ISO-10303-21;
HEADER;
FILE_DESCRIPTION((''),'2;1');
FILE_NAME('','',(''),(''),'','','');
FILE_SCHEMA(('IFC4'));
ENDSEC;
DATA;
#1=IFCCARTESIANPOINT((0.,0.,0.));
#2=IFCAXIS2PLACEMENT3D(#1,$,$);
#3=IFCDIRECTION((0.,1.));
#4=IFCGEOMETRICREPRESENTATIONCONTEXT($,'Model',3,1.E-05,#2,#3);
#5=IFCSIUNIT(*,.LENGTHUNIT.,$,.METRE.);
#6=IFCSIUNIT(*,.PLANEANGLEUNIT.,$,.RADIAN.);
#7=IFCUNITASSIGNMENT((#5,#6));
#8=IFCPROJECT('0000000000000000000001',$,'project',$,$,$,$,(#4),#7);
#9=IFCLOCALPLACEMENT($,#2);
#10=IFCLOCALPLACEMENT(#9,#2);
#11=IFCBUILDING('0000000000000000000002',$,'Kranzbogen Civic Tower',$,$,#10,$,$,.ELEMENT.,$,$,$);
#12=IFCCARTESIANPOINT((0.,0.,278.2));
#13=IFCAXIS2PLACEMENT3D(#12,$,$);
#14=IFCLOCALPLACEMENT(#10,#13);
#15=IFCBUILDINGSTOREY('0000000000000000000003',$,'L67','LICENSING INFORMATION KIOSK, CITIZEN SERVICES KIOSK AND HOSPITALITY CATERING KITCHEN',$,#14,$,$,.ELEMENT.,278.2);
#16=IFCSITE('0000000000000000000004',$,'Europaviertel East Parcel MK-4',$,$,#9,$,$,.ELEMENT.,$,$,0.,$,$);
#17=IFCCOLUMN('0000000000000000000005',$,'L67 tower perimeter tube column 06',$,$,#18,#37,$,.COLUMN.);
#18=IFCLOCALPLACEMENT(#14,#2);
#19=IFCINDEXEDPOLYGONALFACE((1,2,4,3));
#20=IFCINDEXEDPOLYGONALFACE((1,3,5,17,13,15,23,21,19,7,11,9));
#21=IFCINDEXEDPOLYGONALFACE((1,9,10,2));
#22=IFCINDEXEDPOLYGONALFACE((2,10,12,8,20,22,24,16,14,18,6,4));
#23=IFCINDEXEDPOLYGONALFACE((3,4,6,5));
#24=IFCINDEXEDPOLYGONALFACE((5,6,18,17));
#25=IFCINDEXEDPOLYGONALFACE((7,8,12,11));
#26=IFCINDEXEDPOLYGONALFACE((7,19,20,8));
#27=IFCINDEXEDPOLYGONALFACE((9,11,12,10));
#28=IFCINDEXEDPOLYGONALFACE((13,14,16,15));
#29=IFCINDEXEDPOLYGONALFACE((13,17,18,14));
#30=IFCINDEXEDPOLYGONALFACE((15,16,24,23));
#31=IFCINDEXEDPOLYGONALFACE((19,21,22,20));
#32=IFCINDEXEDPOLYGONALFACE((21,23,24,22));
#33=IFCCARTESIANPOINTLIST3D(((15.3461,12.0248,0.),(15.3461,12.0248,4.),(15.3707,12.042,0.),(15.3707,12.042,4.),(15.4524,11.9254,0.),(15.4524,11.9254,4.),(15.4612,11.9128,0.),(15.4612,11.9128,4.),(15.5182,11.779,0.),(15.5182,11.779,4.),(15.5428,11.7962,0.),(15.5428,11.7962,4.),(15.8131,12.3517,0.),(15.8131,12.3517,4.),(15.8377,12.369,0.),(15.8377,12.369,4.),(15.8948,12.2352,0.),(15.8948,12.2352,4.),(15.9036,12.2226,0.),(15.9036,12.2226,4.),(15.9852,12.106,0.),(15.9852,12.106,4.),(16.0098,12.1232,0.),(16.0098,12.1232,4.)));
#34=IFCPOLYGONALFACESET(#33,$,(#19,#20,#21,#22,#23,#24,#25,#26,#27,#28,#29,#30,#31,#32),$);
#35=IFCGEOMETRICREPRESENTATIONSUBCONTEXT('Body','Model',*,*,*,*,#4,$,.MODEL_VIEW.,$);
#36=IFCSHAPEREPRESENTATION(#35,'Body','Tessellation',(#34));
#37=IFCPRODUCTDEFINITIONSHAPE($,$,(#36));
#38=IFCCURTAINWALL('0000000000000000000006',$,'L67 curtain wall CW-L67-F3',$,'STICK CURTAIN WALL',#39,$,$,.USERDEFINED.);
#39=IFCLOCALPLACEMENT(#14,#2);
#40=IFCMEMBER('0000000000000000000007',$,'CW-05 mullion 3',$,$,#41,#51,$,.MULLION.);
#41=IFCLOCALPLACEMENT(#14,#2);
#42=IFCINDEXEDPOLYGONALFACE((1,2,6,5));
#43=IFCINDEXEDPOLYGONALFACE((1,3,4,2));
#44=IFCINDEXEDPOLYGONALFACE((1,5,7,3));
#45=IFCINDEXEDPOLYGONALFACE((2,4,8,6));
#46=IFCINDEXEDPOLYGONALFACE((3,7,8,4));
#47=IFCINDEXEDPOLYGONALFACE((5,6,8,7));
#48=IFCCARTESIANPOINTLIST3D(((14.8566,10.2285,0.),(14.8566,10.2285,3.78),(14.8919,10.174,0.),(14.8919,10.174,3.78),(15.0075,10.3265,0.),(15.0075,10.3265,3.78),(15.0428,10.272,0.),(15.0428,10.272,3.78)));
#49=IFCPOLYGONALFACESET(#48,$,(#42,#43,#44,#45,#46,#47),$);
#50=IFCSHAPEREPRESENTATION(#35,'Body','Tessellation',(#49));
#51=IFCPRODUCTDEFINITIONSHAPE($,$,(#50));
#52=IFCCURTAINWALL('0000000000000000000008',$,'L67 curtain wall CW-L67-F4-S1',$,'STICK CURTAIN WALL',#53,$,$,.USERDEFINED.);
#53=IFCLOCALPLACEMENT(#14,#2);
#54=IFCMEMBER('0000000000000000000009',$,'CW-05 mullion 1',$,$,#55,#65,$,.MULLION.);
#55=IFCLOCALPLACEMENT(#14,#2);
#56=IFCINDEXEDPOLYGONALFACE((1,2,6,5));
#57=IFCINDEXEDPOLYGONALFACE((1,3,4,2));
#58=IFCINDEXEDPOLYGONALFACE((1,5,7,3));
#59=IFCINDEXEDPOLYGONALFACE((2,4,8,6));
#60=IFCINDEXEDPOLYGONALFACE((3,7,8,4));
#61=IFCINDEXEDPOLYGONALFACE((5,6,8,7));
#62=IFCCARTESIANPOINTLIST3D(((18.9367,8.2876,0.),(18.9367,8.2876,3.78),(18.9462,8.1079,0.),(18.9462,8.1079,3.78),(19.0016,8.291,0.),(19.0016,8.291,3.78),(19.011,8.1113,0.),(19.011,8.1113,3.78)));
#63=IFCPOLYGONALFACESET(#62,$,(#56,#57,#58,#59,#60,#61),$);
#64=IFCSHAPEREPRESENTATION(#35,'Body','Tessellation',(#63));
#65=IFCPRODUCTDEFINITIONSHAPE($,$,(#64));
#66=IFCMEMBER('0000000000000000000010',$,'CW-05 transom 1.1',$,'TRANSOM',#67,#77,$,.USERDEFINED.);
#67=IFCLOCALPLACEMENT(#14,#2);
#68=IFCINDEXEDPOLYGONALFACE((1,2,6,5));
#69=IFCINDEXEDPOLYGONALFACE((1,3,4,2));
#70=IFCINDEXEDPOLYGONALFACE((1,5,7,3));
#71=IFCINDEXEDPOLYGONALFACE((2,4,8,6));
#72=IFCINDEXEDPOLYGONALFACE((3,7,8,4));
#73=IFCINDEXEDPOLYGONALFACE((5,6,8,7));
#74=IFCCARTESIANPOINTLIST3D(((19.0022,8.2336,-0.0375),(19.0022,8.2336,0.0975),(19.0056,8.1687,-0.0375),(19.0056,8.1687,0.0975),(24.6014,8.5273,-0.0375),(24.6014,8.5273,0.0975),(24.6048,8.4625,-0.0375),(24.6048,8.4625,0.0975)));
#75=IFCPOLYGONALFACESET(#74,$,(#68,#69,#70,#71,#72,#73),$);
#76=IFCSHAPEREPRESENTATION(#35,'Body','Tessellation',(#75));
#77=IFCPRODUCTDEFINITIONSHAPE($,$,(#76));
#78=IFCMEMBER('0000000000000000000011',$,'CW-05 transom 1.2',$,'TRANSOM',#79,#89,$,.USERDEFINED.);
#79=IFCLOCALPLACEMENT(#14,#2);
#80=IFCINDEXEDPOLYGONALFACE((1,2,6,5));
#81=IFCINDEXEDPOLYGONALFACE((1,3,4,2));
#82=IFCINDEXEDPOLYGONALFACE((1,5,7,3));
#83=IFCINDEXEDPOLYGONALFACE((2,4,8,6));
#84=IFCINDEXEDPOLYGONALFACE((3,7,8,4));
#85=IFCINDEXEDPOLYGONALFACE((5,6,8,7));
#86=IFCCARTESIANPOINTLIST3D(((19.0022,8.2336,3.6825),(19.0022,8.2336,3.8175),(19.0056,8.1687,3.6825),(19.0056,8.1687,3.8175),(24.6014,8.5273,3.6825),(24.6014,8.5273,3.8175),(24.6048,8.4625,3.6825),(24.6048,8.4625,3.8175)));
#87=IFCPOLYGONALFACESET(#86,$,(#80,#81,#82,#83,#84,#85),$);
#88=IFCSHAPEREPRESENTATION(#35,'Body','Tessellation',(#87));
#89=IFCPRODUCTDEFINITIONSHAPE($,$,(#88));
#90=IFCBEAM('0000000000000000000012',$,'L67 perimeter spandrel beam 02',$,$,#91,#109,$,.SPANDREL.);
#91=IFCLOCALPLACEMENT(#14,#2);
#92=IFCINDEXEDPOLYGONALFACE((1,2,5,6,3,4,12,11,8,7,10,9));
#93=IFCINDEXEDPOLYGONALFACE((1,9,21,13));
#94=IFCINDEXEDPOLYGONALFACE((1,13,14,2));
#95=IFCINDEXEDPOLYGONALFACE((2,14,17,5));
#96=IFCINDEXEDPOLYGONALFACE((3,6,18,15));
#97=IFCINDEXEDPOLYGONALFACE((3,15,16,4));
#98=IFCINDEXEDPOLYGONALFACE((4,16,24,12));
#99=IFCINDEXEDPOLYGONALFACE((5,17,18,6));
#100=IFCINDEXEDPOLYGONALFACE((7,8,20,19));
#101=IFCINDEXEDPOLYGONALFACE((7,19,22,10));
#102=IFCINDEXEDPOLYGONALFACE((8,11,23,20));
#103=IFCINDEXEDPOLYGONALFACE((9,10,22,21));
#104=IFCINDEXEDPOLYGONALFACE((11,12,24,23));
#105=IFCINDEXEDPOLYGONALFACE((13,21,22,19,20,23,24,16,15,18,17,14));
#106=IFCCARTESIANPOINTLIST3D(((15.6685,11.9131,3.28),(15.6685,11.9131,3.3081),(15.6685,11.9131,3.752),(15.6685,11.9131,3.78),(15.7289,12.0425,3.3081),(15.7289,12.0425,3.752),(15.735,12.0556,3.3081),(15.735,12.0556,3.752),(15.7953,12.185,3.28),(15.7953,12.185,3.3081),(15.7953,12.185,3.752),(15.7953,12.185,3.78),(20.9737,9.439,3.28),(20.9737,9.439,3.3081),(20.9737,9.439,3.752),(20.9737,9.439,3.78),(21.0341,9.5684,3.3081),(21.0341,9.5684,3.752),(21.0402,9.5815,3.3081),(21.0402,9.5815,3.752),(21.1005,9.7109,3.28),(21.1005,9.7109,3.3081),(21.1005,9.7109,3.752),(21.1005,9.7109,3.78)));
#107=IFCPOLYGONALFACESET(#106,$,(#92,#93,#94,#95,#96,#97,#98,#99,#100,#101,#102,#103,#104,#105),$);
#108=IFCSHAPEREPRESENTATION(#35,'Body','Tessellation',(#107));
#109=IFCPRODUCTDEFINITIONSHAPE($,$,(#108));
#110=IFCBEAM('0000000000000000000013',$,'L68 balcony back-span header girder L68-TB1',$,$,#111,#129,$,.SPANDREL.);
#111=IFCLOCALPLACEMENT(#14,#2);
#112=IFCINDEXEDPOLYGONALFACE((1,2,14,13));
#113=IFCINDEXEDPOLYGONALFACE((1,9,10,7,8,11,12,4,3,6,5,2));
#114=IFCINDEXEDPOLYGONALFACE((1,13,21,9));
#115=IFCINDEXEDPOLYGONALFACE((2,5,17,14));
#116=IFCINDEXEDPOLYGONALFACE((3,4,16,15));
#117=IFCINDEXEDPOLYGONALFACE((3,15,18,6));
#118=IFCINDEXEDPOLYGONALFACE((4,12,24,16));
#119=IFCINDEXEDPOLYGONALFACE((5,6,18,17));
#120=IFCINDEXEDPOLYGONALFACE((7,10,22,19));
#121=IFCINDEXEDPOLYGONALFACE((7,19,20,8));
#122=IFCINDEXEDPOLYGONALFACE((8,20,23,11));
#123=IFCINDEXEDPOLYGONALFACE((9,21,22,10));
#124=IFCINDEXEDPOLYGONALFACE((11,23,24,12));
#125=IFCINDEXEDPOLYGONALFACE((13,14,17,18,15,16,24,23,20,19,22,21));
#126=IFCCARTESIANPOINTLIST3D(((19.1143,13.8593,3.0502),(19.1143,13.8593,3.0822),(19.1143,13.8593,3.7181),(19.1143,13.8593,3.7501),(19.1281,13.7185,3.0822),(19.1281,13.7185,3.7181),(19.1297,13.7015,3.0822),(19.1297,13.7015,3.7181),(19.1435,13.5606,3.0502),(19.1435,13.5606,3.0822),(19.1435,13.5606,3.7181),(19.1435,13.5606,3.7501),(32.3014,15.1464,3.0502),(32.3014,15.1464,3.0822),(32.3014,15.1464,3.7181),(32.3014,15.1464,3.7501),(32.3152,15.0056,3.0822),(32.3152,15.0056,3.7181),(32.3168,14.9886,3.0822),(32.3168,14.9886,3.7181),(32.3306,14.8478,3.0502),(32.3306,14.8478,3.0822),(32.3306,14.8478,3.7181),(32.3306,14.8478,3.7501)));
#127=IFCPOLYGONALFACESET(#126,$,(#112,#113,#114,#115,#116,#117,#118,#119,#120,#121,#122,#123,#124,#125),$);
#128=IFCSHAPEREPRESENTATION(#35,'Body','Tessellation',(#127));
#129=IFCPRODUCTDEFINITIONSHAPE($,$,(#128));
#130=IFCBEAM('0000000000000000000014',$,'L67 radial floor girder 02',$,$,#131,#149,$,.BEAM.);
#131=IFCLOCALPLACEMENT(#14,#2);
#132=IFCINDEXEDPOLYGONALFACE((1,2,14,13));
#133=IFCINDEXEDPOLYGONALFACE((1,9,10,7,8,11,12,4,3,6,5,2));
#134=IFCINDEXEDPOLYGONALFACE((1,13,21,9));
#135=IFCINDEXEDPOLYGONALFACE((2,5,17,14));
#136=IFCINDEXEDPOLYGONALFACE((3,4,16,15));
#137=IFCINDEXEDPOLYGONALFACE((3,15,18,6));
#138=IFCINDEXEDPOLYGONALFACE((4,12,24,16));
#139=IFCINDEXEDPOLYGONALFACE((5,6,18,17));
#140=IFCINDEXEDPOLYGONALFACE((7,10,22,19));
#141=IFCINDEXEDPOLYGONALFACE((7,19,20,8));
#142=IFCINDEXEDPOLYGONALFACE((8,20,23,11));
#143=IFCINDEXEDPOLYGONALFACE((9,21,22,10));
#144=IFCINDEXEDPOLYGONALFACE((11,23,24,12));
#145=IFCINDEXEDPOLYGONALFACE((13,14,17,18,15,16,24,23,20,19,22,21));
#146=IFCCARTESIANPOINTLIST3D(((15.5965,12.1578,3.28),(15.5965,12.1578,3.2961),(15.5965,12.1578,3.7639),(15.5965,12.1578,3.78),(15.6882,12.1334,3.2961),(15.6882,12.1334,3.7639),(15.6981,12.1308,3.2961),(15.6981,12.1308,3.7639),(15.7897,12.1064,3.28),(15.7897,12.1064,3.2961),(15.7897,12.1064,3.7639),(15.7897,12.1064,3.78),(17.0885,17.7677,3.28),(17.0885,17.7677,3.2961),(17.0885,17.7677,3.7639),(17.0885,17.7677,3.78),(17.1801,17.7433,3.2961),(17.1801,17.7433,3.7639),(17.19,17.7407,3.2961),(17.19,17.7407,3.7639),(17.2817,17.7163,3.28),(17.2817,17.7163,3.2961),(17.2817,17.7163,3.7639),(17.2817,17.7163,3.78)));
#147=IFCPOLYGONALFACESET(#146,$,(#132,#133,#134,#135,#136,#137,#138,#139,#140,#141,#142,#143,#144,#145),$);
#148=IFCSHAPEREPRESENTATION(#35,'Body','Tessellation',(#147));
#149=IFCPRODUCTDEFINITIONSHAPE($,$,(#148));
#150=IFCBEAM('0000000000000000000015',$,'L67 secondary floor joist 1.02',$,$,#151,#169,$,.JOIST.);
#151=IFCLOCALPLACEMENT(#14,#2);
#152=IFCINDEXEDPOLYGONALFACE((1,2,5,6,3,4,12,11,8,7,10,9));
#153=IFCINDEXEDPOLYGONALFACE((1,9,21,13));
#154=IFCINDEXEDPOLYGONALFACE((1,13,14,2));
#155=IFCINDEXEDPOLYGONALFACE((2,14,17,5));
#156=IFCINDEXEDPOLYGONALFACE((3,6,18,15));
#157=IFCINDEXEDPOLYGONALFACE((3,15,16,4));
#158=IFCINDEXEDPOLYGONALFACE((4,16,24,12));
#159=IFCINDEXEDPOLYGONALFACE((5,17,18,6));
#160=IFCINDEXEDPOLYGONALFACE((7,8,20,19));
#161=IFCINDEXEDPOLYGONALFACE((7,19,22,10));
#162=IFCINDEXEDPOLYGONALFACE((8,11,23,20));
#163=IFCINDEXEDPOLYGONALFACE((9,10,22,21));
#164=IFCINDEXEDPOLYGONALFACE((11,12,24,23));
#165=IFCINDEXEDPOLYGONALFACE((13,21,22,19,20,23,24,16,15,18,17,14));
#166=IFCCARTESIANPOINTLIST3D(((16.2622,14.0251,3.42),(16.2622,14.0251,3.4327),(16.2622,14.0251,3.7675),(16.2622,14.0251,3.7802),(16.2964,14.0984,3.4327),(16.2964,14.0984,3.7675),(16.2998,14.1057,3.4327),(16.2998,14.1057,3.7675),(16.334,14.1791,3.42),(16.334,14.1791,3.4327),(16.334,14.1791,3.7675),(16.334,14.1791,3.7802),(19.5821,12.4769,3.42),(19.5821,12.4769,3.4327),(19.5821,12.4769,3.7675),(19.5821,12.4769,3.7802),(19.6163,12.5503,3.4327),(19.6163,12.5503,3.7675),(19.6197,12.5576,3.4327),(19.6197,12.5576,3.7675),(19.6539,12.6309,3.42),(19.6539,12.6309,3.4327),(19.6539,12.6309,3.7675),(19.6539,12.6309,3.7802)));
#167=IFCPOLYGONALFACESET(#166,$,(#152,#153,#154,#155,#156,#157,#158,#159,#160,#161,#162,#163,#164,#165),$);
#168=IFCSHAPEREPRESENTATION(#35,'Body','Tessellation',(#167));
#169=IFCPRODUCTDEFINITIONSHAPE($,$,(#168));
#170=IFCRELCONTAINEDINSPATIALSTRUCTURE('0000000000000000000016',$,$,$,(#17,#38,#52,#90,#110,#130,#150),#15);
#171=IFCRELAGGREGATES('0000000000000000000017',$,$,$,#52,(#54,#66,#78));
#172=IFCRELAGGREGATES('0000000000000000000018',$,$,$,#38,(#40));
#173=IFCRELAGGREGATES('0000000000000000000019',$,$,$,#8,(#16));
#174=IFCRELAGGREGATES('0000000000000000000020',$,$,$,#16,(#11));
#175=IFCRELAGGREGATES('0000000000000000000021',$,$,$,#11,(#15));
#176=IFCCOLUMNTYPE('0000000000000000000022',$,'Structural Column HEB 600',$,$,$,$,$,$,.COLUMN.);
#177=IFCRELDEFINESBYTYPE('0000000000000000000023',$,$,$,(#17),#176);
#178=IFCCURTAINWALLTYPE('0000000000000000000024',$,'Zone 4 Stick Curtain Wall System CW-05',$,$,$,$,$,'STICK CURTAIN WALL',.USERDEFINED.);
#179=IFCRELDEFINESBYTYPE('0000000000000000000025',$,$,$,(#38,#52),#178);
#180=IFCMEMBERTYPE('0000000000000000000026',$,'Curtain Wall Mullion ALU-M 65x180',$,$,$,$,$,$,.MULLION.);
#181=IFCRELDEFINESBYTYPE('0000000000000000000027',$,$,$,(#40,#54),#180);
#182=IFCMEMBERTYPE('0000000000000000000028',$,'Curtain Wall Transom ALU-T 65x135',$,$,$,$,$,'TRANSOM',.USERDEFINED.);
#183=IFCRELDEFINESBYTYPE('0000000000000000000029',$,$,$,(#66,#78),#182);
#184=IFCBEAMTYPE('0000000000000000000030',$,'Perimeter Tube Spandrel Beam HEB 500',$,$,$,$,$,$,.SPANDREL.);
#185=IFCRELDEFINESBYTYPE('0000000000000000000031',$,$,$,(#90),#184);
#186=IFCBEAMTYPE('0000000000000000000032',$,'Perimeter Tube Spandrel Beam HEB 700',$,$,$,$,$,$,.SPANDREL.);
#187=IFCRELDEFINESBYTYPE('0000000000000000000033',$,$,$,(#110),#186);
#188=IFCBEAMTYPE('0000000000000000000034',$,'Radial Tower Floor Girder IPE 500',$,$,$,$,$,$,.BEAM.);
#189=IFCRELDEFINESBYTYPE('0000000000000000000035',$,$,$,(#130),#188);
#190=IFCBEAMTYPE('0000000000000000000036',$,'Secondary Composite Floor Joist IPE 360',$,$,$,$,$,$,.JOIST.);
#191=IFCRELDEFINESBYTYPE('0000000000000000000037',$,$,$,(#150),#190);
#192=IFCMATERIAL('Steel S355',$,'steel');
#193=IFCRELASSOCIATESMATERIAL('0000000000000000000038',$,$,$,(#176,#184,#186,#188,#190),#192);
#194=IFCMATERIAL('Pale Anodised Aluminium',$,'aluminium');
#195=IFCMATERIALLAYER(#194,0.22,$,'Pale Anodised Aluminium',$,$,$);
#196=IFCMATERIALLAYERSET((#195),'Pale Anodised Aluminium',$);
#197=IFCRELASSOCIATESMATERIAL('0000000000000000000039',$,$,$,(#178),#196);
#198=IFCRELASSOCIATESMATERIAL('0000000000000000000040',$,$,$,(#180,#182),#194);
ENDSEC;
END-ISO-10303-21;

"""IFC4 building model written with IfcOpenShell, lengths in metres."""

from ifc_helpers import new_model, si_unit, direction, frame, origin, origin_2d, place, context, subcontext, project, spatial, rectangle, i_section, extrude, material, layer, layer_set, material_profile, profile_set, type_object, element, aggregate, save


model = new_model("IFC4")

# Units and contexts
model_context = context("Model", 3, precision=1e-05, world=origin(), true_north=direction((0.0, 1.0)))
body_context = subcontext(model_context, "Body", "Model", "MODEL_VIEW")
ifc_project = project(units=[si_unit("LENGTHUNIT", "METRE"), si_unit("PLANEANGLEUNIT", "RADIAN")], contexts=[model_context])

# Site, building, storey
site_placement = place(None, origin())
site = spatial("IfcSite", under=ifc_project, at=site_placement, Name="Europaviertel East Parcel MK-4", CompositionType="ELEMENT", RefElevation=0.0)
building_placement = place(site_placement, origin())
building = spatial("IfcBuilding", under=site, at=building_placement, Name="Kranzbogen Civic Tower", CompositionType="ELEMENT")
storey_placement = place(building_placement, frame((0.0, 0.0, 278.2)))
storey = spatial("IfcBuildingStorey", under=building, at=storey_placement, Name="L67", Description="LICENSING INFORMATION KIOSK, CITIZEN SERVICES KIOSK AND HOSPITALITY CATERING KITCHEN", CompositionType="ELEMENT", Elevation=278.2)

# Column
ifc_material_1 = material(Name="Steel S355", Category="steel")
ifc_material_profile_1 = material_profile(ifc_material_1, i_section(OverallWidth=0.3, OverallDepth=0.6001, WebThickness=0.0154, FlangeThickness=0.03, at=origin_2d()), Name="HEB 600")
ifc_profile_set_1 = profile_set([ifc_material_profile_1], Name="Steel S355")
column_type = type_object("IfcColumnType", Name="Structural Column HEB 600", PredefinedType="COLUMN", material=ifc_profile_set_1)
column_placement = place(storey_placement, frame((15.678, 12.074, 0.0), z_axis=(0.0, 0.0, 1.0), x_axis=(-0.573576, 0.819152, 0.0)))
element("IfcColumn", 1, at=column_placement, inside=storey, type_object=column_type, Name="L67 tower perimeter tube column 06", PredefinedType="COLUMN", context=body_context, shape_type="SweptSolid", body=[
    extrude(i_section(OverallWidth=0.3, OverallDepth=0.6001, WebThickness=0.0154, FlangeThickness=0.03, at=origin_2d()), origin(), (0.0, 0.0, 1.0), 4.0),
])

# Curtain wall, member
ifc_material_2 = material(Name="Pale Anodised Aluminium", Category="aluminium")
ifc_layer_1 = layer(ifc_material_2, 0.22, Name="Pale Anodised Aluminium")
ifc_layer_set_1 = layer_set([ifc_layer_1], Name="Pale Anodised Aluminium")
curtain_wall_type = type_object("IfcCurtainWallType", Name="Zone 4 Stick Curtain Wall System CW-05", ElementType="STICK CURTAIN WALL", PredefinedType="USERDEFINED", material=ifc_layer_set_1)
curtain_wall_1_placement = place(storey_placement, origin())
curtain_wall_1 = element("IfcCurtainWall", 2, at=curtain_wall_1_placement, inside=storey, type_object=curtain_wall_type, Name="L67 curtain wall CW-L67-F3", ObjectType="STICK CURTAIN WALL", PredefinedType="USERDEFINED")
ifc_material_profile_2 = material_profile(ifc_material_2, rectangle(XDim=0.0649, YDim=0.1799, at=origin_2d()), Name="ALU-M 65x180")
ifc_profile_set_2 = profile_set([ifc_material_profile_2], Name="Pale Anodised Aluminium")
member_type_1 = type_object("IfcMemberType", Name="Curtain Wall Mullion ALU-M 65x180", PredefinedType="MULLION", material=ifc_profile_set_2)
member_1_placement = place(storey_placement, frame((14.9497, 10.2502, 0.0), z_axis=(0.0, 0.0, 1.0), x_axis=(0.544648, -0.838665, 0.0)))
member_1 = element("IfcMember", 3, at=member_1_placement, type_object=member_type_1, Name="CW-05 mullion 3", PredefinedType="MULLION", context=body_context, shape_type="SweptSolid", body=[
    extrude(rectangle(XDim=0.0649, YDim=0.1799, at=origin_2d()), origin(), (0.0, 0.0, 1.0), 3.78),
])

# Curtain wall, members
curtain_wall_2_placement = place(storey_placement, origin())
curtain_wall_2 = element("IfcCurtainWall", 4, at=curtain_wall_2_placement, inside=storey, type_object=curtain_wall_type, Name="L67 curtain wall CW-L67-F4-S1", ObjectType="STICK CURTAIN WALL", PredefinedType="USERDEFINED")
member_2_placement = place(storey_placement, frame((18.9739, 8.1995, 0.0), z_axis=(0.0, 0.0, 1.0), x_axis=(0.998627, 0.052385, 0.0)))
member_2 = element("IfcMember", 5, at=member_2_placement, type_object=member_type_1, Name="CW-05 mullion 1", PredefinedType="MULLION", context=body_context, shape_type="SweptSolid", body=[
    extrude(rectangle(XDim=0.0649, YDim=0.1799, at=origin_2d()), origin(), (0.0, 0.0, 1.0), 3.78),
])
ifc_material_profile_3 = material_profile(ifc_material_2, rectangle(XDim=0.0649, YDim=0.135, at=origin_2d()), Name="ALU-T 65x135")
ifc_profile_set_3 = profile_set([ifc_material_profile_3], Name="Pale Anodised Aluminium")
member_type_2 = type_object("IfcMemberType", Name="Curtain Wall Transom ALU-T 65x135", ElementType="TRANSOM", PredefinedType="USERDEFINED", material=ifc_profile_set_3)
member_3_placement = place(storey_placement, frame((19.0039, 8.2012, 0.03), z_axis=(0.998627, 0.052383, 0.0), x_axis=(-0.052383, 0.998627, 0.0)))
member_3 = element("IfcMember", 6, at=member_3_placement, type_object=member_type_2, Name="CW-05 transom 1.1", ObjectType="TRANSOM", PredefinedType="USERDEFINED", context=body_context, shape_type="SweptSolid", body=[
    extrude(rectangle(XDim=0.0649, YDim=0.135, at=origin_2d()), origin(), (0.0, 0.0, 1.0), 5.6069),
])
member_4_placement = place(storey_placement, frame((19.0039, 8.2012, 3.75), z_axis=(0.998627, 0.052383, 0.0), x_axis=(-0.052383, 0.998627, 0.0)))
member_4 = element("IfcMember", 7, at=member_4_placement, type_object=member_type_2, Name="CW-05 transom 1.2", ObjectType="TRANSOM", PredefinedType="USERDEFINED", context=body_context, shape_type="SweptSolid", body=[
    extrude(rectangle(XDim=0.0649, YDim=0.135, at=origin_2d()), origin(), (0.0, 0.0, 1.0), 5.6069),
])
aggregate(curtain_wall_2, [member_2, member_3, member_4])

# Beams
ifc_material_profile_4 = material_profile(ifc_material_1, i_section(OverallWidth=0.3, OverallDepth=0.5, WebThickness=0.0144, FlangeThickness=0.0281, at=origin_2d()), Name="HEB 500")
ifc_profile_set_4 = profile_set([ifc_material_profile_4], Name="Steel S355")
beam_type_1 = type_object("IfcBeamType", Name="Perimeter Tube Spandrel Beam HEB 500", PredefinedType="SPANDREL", material=ifc_profile_set_4)
beam_1_placement = place(storey_placement, frame((15.7319, 12.0491, 3.53), z_axis=(0.90629, -0.422657, 0.0), x_axis=(0.422657, 0.90629, 0.0)))
element("IfcBeam", 8, at=beam_1_placement, inside=storey, type_object=beam_type_1, Name="L67 perimeter spandrel beam 02", PredefinedType="SPANDREL", context=body_context, shape_type="SweptSolid", body=[
    extrude(i_section(OverallWidth=0.3, OverallDepth=0.5, WebThickness=0.0144, FlangeThickness=0.0281, at=origin_2d()), origin(), (0.0, 0.0, 1.0), 5.8538),
])
ifc_material_profile_5 = material_profile(ifc_material_1, i_section(OverallWidth=0.3, OverallDepth=0.7, WebThickness=0.0171, FlangeThickness=0.032, at=origin_2d()), Name="HEB 700")
ifc_profile_set_5 = profile_set([ifc_material_profile_5], Name="Steel S355")
beam_type_2 = type_object("IfcBeamType", Name="Perimeter Tube Spandrel Beam HEB 700", PredefinedType="SPANDREL", material=ifc_profile_set_5)
beam_2_placement = place(storey_placement, frame((19.1289, 13.71, 3.4001), z_axis=(0.99527, 0.097143, 0.0), x_axis=(-0.097143, 0.99527, 0.0)))
element("IfcBeam", 9, at=beam_2_placement, inside=storey, type_object=beam_type_2, Name="L68 balcony back-span header girder L68-TB1", PredefinedType="SPANDREL", context=body_context, shape_type="SweptSolid", body=[
    extrude(i_section(OverallWidth=0.3, OverallDepth=0.7, WebThickness=0.0171, FlangeThickness=0.032, at=origin_2d()), origin(), (0.0, 0.0, 1.0), 13.2498),
])
ifc_material_profile_6 = material_profile(ifc_material_1, i_section(OverallWidth=0.2, OverallDepth=0.5, WebThickness=0.0103, FlangeThickness=0.0161, at=origin_2d()), Name="IPE 500")
ifc_profile_set_6 = profile_set([ifc_material_profile_6], Name="Steel S355")
beam_type_3 = type_object("IfcBeamType", Name="Radial Tower Floor Girder IPE 500", PredefinedType="BEAM", material=ifc_profile_set_6)
beam_3_placement = place(storey_placement, frame((15.6931, 12.1321, 3.53), z_axis=(0.257016, 0.966407, 0.0), x_axis=(-0.966407, 0.257016, 0.0)))
element("IfcBeam", 10, at=beam_3_placement, inside=storey, type_object=beam_type_3, Name="L67 radial floor girder 02", PredefinedType="BEAM", context=body_context, shape_type="SweptSolid", body=[
    extrude(i_section(OverallWidth=0.2, OverallDepth=0.5, WebThickness=0.0103, FlangeThickness=0.0161, at=origin_2d()), origin(), (0.0, 0.0, 1.0), 5.8049),
])
ifc_material_profile_7 = material_profile(ifc_material_1, i_section(OverallWidth=0.1699, OverallDepth=0.3601, WebThickness=0.0081, FlangeThickness=0.0127, at=origin_2d()), Name="IPE 360")
ifc_profile_set_7 = profile_set([ifc_material_profile_7], Name="Steel S355")
beam_type_4 = type_object("IfcBeamType", Name="Secondary Composite Floor Joist IPE 360", PredefinedType="JOIST", material=ifc_profile_set_7)
beam_4_placement = place(storey_placement, frame((16.2981, 14.1021, 3.6001), z_axis=(0.906304, -0.422626, 0.0), x_axis=(0.422626, 0.906304, 0.0)))
element("IfcBeam", 11, at=beam_4_placement, inside=storey, type_object=beam_type_4, Name="L67 secondary floor joist 1.02", PredefinedType="JOIST", context=body_context, shape_type="SweptSolid", body=[
    extrude(i_section(OverallWidth=0.1699, OverallDepth=0.3601, WebThickness=0.0081, FlangeThickness=0.0127, at=origin_2d()), origin(), (0.0, 0.0, 1.0), 3.6631),
])

aggregate(curtain_wall_1, [member_1])

save(model, "model.ifc")
